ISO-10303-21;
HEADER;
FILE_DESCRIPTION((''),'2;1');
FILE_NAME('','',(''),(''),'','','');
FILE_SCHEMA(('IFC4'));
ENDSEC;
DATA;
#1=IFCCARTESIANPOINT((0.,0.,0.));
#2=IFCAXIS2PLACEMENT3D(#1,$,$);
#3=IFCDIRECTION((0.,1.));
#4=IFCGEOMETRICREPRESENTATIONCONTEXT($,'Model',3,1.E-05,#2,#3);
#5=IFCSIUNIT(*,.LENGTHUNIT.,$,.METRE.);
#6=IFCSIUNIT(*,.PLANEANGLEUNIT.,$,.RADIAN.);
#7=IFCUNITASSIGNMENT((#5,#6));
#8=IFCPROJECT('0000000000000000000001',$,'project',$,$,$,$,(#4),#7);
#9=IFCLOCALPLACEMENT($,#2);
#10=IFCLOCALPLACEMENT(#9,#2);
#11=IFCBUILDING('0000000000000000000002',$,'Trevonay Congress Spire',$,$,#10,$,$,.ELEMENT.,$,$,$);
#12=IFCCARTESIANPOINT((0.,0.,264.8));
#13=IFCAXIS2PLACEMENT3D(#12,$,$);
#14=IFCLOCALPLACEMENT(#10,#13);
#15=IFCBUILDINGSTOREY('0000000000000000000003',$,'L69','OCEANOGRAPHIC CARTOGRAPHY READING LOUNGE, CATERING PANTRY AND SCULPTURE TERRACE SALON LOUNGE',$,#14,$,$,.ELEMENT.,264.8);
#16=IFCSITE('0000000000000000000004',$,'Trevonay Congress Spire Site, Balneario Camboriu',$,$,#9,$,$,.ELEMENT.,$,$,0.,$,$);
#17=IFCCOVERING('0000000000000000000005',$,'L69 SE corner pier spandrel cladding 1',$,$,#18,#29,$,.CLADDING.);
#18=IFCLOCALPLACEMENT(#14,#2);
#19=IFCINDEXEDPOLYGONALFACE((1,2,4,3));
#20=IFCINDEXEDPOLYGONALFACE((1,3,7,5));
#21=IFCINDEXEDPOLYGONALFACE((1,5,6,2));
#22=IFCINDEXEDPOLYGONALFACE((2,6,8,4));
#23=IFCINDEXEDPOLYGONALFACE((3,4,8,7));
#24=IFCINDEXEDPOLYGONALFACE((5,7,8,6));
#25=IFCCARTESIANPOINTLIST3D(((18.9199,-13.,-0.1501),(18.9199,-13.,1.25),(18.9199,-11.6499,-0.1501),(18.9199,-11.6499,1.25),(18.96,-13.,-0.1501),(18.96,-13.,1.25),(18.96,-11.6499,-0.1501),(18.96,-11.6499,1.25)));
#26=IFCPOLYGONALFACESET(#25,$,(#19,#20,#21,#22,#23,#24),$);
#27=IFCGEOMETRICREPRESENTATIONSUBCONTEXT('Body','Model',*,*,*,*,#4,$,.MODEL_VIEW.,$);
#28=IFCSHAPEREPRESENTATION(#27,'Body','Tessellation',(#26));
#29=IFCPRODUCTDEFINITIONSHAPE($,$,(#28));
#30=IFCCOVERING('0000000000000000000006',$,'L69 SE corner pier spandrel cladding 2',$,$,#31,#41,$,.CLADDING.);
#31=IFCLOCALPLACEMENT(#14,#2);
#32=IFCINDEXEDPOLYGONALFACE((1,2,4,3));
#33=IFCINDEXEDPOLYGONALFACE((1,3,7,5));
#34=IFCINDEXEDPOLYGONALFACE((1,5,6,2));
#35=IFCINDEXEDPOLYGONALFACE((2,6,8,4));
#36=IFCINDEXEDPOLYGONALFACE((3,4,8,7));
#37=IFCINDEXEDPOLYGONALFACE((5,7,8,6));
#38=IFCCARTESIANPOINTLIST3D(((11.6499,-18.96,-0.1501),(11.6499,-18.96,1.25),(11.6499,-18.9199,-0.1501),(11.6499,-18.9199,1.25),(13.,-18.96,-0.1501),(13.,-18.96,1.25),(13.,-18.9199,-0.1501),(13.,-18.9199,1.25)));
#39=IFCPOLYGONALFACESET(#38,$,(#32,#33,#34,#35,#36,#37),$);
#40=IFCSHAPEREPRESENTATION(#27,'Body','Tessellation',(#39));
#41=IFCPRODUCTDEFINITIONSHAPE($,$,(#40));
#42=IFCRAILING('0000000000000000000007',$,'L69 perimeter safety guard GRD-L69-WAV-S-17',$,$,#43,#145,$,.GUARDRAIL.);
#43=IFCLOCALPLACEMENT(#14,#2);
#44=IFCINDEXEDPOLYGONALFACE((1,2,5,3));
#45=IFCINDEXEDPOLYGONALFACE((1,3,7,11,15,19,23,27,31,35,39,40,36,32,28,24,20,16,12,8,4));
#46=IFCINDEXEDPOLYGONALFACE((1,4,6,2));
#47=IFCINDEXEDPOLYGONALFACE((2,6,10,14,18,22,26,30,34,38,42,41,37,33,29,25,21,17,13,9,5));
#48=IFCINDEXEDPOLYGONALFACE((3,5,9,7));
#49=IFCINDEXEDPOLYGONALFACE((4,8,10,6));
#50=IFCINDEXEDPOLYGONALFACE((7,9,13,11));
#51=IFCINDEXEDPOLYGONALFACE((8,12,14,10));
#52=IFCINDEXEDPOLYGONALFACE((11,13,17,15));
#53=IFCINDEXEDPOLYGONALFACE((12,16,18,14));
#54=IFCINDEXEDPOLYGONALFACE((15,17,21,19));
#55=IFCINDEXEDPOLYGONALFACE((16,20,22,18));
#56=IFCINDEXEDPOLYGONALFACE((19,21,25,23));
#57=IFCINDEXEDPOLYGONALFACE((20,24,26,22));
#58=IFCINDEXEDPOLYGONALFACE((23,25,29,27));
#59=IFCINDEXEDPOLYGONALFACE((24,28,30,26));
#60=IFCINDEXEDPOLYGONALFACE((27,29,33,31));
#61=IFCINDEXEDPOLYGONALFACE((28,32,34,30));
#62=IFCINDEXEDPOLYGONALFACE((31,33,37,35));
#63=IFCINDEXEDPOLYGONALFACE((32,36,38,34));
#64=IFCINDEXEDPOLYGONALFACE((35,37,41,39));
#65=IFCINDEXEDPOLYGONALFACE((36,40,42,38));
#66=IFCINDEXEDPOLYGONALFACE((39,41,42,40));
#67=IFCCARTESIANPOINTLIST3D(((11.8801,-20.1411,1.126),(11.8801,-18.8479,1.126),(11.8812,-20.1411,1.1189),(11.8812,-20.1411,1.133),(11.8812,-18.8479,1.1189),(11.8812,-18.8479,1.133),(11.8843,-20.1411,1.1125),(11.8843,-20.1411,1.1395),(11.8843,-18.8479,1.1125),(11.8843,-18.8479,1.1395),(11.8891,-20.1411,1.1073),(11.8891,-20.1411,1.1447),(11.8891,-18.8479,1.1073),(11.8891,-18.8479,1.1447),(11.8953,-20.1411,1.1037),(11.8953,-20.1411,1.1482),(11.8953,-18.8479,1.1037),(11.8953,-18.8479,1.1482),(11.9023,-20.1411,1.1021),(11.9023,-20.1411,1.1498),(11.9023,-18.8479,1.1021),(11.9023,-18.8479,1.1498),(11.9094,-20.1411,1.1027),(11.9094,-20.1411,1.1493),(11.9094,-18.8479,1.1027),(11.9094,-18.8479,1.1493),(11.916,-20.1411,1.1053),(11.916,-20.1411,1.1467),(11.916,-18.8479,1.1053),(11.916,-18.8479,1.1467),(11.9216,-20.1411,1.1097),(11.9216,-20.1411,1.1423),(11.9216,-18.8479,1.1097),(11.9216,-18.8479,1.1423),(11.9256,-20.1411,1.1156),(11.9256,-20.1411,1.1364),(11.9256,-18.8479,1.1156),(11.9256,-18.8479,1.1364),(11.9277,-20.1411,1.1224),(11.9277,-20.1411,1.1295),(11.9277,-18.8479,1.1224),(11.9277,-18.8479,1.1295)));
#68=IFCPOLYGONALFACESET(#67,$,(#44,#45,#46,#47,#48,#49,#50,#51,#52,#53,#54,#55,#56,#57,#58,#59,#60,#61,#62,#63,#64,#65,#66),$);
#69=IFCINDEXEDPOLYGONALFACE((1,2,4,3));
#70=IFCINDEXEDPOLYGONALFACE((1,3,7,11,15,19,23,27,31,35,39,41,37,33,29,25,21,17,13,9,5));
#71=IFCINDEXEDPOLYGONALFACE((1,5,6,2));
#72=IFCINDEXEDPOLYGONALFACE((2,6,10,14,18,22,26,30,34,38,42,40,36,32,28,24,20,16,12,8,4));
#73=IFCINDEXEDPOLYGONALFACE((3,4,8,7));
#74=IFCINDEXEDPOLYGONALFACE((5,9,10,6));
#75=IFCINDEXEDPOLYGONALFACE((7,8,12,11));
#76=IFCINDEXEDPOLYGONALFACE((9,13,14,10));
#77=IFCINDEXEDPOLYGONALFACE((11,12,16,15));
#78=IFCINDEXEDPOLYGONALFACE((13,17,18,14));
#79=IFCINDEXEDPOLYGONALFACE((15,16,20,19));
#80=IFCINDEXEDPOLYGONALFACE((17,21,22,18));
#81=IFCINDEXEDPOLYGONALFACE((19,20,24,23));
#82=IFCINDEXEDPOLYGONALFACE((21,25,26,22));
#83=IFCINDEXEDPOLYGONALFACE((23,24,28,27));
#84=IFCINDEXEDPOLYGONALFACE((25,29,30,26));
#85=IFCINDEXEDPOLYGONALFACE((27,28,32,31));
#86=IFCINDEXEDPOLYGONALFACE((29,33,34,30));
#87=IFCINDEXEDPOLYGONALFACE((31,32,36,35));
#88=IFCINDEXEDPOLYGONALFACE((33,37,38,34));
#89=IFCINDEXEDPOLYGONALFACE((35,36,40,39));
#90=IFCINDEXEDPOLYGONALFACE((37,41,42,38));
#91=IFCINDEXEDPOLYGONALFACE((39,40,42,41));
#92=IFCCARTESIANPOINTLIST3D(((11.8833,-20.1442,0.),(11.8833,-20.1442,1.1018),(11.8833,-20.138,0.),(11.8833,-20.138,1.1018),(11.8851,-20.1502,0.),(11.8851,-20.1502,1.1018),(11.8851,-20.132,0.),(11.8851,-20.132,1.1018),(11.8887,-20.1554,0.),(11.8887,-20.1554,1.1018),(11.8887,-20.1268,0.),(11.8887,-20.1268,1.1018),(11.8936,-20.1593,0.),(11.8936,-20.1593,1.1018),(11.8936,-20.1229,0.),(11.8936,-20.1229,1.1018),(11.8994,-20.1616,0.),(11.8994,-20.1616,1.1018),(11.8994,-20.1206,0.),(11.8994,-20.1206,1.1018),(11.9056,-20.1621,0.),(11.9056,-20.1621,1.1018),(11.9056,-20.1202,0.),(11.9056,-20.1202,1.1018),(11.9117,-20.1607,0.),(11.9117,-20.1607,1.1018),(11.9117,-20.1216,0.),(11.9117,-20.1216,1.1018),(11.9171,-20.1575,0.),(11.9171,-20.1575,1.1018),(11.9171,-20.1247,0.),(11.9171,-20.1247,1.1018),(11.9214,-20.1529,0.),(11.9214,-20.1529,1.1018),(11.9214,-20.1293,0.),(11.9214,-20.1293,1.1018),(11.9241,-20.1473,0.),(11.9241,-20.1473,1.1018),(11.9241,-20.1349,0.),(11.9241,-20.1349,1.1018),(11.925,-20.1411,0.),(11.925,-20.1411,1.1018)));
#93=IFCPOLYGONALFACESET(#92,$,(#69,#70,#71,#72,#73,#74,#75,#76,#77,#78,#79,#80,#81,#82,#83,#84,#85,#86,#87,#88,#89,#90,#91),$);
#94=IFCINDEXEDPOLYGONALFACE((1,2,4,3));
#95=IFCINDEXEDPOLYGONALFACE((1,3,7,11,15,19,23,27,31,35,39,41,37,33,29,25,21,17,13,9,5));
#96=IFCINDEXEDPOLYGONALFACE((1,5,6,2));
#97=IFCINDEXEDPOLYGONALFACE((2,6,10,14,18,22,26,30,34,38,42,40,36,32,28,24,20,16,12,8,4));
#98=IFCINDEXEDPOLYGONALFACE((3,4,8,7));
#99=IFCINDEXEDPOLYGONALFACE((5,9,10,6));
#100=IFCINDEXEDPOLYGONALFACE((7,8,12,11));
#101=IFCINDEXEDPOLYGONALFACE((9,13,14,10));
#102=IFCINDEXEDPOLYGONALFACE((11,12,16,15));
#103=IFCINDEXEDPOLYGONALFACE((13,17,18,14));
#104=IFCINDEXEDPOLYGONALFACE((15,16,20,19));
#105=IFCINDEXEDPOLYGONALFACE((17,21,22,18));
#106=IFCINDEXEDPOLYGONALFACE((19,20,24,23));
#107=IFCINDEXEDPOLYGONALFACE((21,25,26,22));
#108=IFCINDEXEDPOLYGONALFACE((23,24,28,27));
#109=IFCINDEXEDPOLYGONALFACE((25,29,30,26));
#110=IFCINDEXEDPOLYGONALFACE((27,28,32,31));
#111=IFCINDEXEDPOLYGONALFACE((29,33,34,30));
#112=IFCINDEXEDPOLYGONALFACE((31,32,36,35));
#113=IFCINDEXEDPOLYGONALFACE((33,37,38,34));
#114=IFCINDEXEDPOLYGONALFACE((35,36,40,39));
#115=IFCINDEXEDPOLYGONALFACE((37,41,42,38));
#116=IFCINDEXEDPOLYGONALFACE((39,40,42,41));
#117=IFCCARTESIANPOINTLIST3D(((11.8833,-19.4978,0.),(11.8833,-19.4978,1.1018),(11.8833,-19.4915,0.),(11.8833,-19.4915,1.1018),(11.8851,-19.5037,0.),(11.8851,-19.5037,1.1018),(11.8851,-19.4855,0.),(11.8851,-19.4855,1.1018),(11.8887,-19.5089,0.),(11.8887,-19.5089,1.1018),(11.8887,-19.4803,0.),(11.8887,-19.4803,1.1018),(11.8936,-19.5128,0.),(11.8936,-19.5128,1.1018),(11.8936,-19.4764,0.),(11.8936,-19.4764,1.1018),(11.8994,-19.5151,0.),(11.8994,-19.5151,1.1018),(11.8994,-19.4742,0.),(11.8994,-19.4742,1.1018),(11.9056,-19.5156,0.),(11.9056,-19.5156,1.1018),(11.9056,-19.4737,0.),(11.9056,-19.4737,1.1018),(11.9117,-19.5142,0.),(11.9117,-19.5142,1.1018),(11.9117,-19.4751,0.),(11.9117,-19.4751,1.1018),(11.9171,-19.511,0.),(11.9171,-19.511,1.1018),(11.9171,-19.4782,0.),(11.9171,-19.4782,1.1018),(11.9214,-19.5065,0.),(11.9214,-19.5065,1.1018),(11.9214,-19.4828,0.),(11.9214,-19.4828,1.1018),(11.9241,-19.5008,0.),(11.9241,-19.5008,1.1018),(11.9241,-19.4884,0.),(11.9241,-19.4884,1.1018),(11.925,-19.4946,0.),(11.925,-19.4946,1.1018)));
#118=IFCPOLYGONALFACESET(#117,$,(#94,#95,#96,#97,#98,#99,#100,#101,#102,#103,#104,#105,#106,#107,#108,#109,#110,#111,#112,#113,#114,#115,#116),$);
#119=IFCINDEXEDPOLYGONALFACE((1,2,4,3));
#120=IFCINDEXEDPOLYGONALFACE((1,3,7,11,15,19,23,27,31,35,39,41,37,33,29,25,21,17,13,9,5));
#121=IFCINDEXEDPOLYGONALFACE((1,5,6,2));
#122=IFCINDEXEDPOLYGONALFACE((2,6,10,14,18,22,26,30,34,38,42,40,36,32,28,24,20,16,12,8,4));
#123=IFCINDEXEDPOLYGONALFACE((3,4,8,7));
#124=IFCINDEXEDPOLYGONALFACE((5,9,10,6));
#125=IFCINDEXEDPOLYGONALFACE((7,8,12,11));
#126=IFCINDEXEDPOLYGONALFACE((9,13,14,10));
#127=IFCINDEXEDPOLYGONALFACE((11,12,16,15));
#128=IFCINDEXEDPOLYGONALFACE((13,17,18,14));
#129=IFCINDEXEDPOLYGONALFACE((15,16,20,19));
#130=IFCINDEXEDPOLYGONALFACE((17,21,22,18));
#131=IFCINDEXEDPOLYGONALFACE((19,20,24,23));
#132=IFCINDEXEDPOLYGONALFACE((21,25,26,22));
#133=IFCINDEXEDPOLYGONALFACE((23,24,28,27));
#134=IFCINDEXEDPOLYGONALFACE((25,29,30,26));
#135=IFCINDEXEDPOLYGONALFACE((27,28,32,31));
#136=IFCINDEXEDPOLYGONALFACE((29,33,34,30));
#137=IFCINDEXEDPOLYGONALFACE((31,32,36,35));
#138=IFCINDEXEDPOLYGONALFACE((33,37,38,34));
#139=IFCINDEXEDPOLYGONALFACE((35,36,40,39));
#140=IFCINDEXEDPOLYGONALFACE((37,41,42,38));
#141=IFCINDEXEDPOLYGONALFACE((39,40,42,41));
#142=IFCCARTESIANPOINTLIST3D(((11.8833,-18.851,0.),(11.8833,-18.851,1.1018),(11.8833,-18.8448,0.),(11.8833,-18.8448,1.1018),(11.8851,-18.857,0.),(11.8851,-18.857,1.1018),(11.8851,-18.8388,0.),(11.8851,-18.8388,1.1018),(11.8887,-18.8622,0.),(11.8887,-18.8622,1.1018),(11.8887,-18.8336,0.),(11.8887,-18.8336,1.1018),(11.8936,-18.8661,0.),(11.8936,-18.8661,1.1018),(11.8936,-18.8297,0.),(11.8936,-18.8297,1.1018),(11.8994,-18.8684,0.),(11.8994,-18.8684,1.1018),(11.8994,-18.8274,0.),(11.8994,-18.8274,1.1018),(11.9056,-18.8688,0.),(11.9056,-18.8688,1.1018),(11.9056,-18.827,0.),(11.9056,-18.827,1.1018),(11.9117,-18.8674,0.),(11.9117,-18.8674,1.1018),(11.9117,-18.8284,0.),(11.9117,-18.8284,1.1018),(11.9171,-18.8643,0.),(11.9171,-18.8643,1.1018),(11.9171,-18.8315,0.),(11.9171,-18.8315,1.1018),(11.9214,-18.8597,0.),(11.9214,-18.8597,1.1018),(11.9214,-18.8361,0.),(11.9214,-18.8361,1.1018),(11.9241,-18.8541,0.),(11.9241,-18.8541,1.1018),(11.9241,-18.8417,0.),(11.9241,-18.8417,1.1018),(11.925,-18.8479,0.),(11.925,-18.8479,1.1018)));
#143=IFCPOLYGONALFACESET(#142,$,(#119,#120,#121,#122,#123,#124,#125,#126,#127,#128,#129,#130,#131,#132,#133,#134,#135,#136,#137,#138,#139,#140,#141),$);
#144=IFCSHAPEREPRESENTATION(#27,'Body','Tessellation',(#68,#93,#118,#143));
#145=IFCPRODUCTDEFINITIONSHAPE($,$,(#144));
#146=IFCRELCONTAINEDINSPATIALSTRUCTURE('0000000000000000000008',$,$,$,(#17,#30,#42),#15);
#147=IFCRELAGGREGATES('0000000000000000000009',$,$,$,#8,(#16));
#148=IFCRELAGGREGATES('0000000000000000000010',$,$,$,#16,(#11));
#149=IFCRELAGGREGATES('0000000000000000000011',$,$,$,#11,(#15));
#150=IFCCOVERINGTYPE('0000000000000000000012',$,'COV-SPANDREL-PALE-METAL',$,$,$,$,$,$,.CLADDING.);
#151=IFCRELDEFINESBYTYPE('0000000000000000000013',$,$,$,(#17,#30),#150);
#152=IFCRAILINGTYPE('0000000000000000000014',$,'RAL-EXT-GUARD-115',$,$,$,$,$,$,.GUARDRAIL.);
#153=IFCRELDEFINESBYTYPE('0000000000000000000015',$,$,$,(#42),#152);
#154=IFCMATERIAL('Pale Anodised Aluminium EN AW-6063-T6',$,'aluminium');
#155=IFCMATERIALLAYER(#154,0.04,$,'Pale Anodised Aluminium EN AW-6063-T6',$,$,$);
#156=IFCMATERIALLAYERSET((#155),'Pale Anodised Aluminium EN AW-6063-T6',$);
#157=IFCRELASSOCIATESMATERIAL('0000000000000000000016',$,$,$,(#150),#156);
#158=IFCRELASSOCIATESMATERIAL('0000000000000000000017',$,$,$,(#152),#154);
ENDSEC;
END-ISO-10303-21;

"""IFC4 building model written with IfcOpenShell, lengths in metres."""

from ifc_helpers import new_model, si_unit, direction, frame, frame_2d, origin, origin_2d, place, context, subcontext, project, spatial, rectangle, circle, extrude, material, layer, layer_set, type_object, element, save


model = new_model("IFC4")

# Units and contexts
model_context = context("Model", 3, precision=1e-05, world=origin(), true_north=direction((0.0, 1.0)))
body_context = subcontext(model_context, "Body", "Model", "MODEL_VIEW")
ifc_project = project(units=[si_unit("LENGTHUNIT", "METRE"), si_unit("PLANEANGLEUNIT", "RADIAN")], contexts=[model_context])

# Site, building, storey
site_placement = place(None, origin())
site = spatial("IfcSite", under=ifc_project, at=site_placement, Name="Trevonay Congress Spire Site, Balneario Camboriu", CompositionType="ELEMENT", RefElevation=0.0)
building_placement = place(site_placement, origin())
building = spatial("IfcBuilding", under=site, at=building_placement, Name="Trevonay Congress Spire", CompositionType="ELEMENT")
storey_placement = place(building_placement, frame((0.0, 0.0, 264.8)))
storey = spatial("IfcBuildingStorey", under=building, at=storey_placement, Name="L69", Description="OCEANOGRAPHIC CARTOGRAPHY READING LOUNGE, CATERING PANTRY AND SCULPTURE TERRACE SALON LOUNGE", CompositionType="ELEMENT", Elevation=264.8)

# Shared definitions
ifc_material_1 = material(Name="Pale Anodised Aluminium EN AW-6063-T6", Category="aluminium")

# Coverings
ifc_layer_1 = layer(ifc_material_1, 0.04, Name="Pale Anodised Aluminium EN AW-6063-T6")
ifc_layer_set_1 = layer_set([ifc_layer_1], Name="Pale Anodised Aluminium EN AW-6063-T6")
covering_type = type_object("IfcCoveringType", Name="COV-SPANDREL-PALE-METAL", PredefinedType="CLADDING", material=ifc_layer_set_1)
for number, where, z_axis, x_axis, name in (
    (1, (18.9399, -11.6499, -0.1501), (0.0, 0.0, 1.0), (0.0, -1.0, 0.0), "L69 SE corner pier spandrel cladding 1"),
    (2, (11.6499, -18.9399, -0.1501), (0.0, 0.0, 1.0), (1.0, 0.0, 0.0), "L69 SE corner pier spandrel cladding 2"),
):
    element("IfcCovering", number, at=place(storey_placement, frame(where, z_axis=z_axis, x_axis=x_axis)), inside=storey, type_object=covering_type, Name=name, PredefinedType="CLADDING", context=body_context, shape_type="SweptSolid", body=[
        extrude(rectangle(XDim=1.3501, YDim=0.04, at=frame_2d((0.675, 0.0))), origin(), (0.0, 0.0, 1.0), 1.4001),
    ])

# Railing
railing_type = type_object("IfcRailingType", Name="RAL-EXT-GUARD-115", PredefinedType="GUARDRAIL", material=ifc_material_1)
railing_1_placement = place(storey_placement, frame((11.9041, -20.1411, 0.0)))
element("IfcRailing", 3, at=railing_1_placement, inside=storey, type_object=railing_type, Name="L69 perimeter safety guard GRD-L69-WAV-S-17", PredefinedType="GUARDRAIL", context=body_context, shape_type="SweptSolid", body=[
    extrude(circle(Radius=0.0239, at=origin_2d()), frame((0.0, 0.0, 1.126), z_axis=(0.0, 1.0, 0.0), x_axis=(-1.0, 0.0, 0.0)), (0.0, 0.0, 1.0), 1.2932),
    extrude(circle(Radius=0.021, at=origin_2d()), origin(), (0.0, 0.0, 1.0), 1.1018),
    extrude(circle(Radius=0.021, at=origin_2d()), frame((0.0, 0.6465, 0.0)), (0.0, 0.0, 1.0), 1.1018),
    extrude(circle(Radius=0.021, at=origin_2d()), frame((0.0, 1.2932, 0.0)), (0.0, 0.0, 1.0), 1.1018),
])

save(model, "model.ifc")
